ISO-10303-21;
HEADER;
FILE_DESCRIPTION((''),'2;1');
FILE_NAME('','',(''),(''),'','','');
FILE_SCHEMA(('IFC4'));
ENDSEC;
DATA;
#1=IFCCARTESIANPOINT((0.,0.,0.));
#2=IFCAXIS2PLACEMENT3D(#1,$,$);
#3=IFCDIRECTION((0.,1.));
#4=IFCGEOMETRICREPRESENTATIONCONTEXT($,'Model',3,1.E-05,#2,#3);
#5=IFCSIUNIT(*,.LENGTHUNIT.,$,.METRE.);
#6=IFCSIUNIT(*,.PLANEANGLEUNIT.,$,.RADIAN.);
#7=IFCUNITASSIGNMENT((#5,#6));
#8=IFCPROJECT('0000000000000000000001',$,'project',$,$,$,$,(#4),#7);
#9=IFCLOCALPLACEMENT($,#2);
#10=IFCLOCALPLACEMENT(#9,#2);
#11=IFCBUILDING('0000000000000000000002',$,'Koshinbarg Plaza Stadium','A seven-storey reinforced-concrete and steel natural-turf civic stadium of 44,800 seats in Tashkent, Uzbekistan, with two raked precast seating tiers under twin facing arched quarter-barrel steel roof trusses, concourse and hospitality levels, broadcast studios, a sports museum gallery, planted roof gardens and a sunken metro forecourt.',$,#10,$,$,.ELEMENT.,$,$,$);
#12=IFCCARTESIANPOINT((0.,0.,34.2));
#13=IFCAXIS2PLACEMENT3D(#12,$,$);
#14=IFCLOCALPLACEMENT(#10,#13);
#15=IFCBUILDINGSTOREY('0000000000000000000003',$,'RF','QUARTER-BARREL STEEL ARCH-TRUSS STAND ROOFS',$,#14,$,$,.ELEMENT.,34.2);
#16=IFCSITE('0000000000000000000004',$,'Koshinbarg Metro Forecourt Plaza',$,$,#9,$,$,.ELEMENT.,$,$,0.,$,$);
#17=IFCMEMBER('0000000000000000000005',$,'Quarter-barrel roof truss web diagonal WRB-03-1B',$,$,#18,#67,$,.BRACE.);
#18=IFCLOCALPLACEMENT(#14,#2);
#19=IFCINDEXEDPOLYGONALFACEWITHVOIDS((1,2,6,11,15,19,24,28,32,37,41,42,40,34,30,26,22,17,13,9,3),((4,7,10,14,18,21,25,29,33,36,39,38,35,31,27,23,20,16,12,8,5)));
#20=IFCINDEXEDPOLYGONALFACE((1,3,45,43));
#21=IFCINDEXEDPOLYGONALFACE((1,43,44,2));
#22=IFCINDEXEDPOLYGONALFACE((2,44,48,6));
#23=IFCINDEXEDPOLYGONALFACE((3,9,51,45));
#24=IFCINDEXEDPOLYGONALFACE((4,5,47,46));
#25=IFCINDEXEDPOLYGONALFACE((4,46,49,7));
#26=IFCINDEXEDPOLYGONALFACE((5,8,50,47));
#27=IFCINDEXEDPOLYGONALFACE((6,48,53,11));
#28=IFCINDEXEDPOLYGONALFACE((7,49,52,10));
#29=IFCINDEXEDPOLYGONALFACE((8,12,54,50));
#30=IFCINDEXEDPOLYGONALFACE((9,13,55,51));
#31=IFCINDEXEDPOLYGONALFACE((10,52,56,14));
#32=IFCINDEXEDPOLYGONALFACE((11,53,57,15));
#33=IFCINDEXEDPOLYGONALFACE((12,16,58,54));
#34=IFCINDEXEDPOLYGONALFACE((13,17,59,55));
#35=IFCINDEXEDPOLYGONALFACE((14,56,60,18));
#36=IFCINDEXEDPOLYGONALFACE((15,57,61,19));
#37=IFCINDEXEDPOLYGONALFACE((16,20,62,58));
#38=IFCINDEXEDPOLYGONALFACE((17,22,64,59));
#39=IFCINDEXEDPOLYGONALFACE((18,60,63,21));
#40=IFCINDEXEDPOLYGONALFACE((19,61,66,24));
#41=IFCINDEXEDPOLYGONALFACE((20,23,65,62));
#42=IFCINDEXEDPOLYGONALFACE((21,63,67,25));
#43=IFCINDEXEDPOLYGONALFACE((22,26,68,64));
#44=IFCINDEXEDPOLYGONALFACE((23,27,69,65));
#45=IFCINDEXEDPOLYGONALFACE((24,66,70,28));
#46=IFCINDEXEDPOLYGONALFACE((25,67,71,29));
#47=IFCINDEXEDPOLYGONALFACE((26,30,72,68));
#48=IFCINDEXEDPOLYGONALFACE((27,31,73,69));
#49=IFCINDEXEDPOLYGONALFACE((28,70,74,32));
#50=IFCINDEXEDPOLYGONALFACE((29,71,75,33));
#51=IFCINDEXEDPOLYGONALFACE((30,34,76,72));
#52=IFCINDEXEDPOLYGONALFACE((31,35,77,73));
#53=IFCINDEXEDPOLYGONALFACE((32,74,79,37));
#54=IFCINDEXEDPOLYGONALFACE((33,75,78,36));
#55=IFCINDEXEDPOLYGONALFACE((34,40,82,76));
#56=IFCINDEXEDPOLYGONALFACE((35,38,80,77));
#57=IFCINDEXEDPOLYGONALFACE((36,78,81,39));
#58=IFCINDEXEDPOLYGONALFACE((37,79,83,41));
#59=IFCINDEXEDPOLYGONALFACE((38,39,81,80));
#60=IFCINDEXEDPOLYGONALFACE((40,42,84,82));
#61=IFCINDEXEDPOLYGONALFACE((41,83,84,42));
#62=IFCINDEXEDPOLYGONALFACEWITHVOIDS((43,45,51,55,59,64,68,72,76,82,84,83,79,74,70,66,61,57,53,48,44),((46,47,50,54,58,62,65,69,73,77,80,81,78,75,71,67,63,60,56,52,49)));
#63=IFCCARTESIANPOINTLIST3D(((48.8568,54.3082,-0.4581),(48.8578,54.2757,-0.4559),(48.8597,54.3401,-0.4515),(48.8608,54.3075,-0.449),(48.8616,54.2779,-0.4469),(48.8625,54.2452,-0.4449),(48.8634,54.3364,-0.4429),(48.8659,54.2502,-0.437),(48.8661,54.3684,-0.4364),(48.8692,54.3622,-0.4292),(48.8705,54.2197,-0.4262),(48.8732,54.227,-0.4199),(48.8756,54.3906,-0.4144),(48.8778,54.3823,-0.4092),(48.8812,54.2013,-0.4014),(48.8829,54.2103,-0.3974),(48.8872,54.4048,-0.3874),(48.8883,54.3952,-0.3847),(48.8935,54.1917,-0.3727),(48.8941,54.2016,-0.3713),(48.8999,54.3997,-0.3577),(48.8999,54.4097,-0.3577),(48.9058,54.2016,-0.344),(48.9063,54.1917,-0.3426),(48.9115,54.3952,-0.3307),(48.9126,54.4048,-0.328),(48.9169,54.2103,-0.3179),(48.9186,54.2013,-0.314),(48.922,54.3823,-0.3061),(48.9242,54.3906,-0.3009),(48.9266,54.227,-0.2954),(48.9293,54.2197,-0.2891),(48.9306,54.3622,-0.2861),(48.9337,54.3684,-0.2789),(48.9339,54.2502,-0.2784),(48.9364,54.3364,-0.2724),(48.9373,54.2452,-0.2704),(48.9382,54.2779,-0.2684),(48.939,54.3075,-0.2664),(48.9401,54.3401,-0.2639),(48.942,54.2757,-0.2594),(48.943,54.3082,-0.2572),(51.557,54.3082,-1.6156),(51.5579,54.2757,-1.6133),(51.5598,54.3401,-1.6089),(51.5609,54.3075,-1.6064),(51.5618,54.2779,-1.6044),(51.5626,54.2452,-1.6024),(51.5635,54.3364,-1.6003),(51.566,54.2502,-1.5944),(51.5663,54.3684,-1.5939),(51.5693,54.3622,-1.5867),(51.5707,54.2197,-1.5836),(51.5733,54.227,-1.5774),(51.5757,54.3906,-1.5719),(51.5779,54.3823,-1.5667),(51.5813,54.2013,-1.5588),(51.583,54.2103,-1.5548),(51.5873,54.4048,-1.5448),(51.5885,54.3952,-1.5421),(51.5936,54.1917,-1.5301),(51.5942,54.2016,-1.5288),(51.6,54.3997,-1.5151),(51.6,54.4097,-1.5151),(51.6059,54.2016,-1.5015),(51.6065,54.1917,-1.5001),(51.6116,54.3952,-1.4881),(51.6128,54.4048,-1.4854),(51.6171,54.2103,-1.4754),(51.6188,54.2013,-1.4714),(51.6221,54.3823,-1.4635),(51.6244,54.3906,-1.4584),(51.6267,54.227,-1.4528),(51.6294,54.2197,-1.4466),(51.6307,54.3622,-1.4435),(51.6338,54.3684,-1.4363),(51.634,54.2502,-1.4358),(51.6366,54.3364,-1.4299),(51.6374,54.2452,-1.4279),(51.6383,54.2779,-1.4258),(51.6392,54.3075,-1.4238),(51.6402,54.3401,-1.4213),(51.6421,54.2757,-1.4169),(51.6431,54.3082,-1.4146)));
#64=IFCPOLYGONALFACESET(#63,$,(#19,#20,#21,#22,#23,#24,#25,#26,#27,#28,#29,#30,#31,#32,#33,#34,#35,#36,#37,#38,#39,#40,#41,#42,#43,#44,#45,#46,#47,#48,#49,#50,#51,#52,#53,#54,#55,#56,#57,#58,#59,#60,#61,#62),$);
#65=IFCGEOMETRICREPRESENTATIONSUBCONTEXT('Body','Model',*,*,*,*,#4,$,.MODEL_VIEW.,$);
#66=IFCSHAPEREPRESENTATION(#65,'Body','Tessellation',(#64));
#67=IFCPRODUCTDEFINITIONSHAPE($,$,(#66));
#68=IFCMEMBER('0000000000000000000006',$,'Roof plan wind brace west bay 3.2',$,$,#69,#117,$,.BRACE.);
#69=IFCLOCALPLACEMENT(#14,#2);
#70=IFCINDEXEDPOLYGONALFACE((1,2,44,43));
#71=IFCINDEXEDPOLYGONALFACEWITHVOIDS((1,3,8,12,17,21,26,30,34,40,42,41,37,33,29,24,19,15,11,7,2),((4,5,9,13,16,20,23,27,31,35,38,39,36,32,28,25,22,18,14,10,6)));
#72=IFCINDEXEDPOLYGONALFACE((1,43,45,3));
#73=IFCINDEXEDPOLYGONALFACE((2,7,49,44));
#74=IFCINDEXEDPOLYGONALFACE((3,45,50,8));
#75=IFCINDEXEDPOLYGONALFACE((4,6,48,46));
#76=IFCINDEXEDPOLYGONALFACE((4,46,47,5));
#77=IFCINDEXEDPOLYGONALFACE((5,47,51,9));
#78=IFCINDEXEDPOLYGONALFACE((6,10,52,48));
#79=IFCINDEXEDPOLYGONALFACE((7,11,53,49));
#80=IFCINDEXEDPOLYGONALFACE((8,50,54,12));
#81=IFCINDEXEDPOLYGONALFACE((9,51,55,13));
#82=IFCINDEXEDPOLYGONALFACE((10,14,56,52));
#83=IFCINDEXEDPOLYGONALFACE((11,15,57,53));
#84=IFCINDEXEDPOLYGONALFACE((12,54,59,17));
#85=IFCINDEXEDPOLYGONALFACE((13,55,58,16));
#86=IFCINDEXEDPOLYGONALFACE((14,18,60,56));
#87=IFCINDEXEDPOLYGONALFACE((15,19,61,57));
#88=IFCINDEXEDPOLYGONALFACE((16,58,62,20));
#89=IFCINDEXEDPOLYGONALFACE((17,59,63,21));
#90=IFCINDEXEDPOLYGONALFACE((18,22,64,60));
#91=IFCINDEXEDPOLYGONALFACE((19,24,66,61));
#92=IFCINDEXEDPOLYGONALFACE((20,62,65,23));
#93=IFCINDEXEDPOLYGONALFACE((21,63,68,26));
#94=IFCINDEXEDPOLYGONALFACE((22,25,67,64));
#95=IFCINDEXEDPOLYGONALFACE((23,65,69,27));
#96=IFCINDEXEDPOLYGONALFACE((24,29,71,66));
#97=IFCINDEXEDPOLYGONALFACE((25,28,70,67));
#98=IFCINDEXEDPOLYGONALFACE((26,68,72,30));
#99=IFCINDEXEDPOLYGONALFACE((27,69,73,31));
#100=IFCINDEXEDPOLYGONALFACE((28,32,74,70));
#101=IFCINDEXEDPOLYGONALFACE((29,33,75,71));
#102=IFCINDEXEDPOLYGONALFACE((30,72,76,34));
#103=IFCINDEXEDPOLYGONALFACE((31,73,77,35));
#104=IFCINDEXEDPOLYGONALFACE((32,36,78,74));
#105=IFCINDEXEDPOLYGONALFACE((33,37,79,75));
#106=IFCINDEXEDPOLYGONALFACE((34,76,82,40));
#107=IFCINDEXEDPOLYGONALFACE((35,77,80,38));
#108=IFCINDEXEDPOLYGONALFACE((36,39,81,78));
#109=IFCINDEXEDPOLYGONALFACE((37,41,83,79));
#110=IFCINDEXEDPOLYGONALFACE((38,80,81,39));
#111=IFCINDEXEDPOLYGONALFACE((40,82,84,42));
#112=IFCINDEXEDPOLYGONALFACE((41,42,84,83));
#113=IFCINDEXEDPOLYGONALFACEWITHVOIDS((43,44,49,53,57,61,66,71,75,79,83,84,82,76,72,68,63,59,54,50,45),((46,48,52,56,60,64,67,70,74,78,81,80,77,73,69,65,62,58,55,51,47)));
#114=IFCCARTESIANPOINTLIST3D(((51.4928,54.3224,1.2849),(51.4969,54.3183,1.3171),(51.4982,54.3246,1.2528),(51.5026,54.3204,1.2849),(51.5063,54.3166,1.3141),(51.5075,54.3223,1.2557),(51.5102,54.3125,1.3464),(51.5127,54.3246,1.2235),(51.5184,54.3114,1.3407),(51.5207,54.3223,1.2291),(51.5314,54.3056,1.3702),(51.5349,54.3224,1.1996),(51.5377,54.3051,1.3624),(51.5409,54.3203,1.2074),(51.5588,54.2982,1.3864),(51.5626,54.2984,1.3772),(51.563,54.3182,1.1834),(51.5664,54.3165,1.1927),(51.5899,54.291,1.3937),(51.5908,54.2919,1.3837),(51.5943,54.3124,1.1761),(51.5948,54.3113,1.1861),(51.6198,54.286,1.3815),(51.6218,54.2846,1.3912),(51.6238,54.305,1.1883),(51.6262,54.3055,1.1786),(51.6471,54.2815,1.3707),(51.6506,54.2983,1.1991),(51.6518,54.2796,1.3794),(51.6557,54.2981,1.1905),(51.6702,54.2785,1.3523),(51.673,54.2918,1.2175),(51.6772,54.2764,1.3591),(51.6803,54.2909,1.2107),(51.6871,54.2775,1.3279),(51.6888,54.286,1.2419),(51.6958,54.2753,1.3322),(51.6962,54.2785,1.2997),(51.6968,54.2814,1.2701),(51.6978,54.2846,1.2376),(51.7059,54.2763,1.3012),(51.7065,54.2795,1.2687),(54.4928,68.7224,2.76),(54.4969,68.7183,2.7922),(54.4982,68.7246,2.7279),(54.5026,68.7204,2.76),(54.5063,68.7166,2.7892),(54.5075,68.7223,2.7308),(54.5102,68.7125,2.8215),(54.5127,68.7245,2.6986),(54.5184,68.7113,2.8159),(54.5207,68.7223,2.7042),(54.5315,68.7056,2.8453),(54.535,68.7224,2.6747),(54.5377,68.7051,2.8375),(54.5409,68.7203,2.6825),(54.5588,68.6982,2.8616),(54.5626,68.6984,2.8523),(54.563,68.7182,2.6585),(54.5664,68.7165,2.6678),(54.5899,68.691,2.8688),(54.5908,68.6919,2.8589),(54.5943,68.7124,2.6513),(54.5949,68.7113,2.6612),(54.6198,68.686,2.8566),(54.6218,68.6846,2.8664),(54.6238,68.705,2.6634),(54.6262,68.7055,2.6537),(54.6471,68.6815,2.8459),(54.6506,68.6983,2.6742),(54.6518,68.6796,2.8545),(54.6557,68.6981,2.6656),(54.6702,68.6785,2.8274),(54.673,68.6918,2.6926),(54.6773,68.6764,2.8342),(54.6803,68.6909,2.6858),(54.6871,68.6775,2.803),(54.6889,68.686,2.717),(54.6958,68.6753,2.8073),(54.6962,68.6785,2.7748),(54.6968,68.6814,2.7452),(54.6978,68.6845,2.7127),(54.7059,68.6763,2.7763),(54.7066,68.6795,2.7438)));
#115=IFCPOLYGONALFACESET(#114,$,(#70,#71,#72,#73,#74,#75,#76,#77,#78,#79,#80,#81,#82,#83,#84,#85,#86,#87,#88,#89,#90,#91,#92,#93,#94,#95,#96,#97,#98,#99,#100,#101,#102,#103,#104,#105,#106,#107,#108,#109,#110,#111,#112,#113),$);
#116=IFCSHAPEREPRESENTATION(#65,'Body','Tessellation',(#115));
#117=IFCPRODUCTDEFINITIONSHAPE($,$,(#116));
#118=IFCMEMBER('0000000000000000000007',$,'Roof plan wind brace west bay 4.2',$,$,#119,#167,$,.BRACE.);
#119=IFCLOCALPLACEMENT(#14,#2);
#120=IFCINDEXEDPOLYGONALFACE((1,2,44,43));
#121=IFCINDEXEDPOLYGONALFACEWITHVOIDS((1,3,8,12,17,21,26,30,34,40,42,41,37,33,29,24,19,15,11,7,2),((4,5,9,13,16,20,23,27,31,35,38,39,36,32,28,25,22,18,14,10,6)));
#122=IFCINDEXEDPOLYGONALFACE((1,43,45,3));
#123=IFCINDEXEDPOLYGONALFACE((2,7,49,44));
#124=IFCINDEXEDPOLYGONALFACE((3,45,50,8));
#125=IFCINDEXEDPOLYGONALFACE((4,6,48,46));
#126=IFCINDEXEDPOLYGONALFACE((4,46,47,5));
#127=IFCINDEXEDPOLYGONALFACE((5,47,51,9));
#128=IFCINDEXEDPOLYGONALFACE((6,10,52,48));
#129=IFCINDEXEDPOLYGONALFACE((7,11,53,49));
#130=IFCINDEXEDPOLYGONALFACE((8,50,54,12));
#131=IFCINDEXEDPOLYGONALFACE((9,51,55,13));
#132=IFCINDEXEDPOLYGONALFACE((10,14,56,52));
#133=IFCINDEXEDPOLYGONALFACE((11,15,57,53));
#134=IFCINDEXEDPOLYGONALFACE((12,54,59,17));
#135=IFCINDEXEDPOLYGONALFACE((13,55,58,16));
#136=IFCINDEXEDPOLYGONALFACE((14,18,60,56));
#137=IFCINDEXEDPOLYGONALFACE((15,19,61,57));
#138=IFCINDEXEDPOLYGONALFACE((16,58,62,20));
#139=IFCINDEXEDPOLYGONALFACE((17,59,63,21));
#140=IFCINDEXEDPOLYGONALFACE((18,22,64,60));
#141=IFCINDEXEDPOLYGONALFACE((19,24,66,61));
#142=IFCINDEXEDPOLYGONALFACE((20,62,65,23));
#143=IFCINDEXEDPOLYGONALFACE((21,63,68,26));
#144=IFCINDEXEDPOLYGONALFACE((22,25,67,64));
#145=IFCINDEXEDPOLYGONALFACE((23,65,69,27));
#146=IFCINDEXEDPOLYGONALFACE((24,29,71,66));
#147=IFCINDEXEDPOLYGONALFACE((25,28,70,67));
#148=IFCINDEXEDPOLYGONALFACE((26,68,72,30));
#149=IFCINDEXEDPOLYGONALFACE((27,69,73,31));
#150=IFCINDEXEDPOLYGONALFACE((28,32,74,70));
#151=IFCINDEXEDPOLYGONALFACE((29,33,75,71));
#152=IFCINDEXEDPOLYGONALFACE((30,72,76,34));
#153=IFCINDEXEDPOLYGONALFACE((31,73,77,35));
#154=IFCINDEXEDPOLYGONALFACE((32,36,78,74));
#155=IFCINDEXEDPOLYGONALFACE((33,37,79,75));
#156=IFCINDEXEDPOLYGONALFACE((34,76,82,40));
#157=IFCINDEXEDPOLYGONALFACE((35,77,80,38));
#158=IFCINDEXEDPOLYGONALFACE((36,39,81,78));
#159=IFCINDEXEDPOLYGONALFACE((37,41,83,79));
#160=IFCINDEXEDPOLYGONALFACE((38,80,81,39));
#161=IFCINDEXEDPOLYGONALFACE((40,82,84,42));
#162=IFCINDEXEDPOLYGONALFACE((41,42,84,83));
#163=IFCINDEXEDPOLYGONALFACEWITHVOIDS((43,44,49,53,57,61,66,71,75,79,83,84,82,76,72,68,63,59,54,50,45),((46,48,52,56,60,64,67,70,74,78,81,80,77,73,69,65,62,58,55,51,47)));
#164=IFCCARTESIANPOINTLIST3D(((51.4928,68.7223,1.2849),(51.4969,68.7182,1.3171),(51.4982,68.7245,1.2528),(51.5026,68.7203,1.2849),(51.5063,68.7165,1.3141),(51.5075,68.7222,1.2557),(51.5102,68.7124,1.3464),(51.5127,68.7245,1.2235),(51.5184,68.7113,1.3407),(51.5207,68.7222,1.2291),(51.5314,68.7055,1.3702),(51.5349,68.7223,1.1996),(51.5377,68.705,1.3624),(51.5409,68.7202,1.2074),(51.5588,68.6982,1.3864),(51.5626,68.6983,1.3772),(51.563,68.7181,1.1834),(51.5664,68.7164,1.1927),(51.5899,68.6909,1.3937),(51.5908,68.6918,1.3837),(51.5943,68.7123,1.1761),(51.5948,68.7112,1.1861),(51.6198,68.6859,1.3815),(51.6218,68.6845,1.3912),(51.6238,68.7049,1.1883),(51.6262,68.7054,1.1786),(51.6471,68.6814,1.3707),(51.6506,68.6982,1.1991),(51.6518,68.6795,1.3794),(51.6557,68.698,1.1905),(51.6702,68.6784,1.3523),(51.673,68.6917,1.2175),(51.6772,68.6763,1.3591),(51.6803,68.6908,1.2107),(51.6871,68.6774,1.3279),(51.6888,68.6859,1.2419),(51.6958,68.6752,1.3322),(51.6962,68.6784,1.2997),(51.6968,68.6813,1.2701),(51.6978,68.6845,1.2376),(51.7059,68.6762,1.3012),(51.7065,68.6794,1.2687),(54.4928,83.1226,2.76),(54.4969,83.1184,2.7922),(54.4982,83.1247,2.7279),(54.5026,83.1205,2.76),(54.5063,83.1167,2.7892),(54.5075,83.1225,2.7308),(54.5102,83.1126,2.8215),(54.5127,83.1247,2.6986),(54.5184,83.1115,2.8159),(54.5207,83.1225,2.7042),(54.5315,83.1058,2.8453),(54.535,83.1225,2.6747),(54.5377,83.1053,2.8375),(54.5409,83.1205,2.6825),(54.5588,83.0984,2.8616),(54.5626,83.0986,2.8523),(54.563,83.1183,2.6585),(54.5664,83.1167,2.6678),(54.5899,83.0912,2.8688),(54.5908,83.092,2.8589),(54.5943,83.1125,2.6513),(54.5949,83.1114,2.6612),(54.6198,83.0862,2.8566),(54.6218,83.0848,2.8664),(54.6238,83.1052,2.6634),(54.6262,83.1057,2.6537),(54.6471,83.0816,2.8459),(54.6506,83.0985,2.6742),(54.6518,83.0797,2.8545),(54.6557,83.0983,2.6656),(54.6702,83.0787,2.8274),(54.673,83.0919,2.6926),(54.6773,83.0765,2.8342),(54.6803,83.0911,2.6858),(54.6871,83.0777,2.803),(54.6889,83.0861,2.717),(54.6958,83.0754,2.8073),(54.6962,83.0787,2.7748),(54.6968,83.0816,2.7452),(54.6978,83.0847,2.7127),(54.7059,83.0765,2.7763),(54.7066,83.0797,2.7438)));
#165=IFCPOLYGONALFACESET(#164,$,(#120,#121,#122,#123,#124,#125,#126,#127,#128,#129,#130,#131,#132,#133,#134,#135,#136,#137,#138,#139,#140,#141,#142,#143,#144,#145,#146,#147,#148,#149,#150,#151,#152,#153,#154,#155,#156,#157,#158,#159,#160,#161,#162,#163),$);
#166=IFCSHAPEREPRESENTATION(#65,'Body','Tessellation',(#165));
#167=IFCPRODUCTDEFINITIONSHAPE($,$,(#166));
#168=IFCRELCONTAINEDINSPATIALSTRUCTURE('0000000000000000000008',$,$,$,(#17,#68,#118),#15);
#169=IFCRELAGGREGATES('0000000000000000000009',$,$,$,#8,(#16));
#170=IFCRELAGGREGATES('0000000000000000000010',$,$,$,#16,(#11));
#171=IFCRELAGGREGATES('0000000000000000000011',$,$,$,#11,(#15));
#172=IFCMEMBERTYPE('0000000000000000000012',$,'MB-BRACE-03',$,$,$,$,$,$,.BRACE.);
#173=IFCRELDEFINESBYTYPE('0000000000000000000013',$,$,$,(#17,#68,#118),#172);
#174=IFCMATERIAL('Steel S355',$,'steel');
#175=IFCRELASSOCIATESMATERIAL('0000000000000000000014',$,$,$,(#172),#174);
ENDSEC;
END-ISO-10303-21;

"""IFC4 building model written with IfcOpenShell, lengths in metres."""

from ifc_helpers import new_model, si_unit, direction, frame, origin, origin_2d, place, context, subcontext, project, spatial, hollow_circle, extrude, material, material_profile, profile_set, type_object, element, save


model = new_model("IFC4")

# Units and contexts
model_context = context("Model", 3, precision=1e-05, world=origin(), true_north=direction((0.0, 1.0)))
body_context = subcontext(model_context, "Body", "Model", "MODEL_VIEW")
ifc_project = project(units=[si_unit("LENGTHUNIT", "METRE"), si_unit("PLANEANGLEUNIT", "RADIAN")], contexts=[model_context])

# Site, building, storey
site_placement = place(None, origin())
site = spatial("IfcSite", under=ifc_project, at=site_placement, Name="Koshinbarg Metro Forecourt Plaza", CompositionType="ELEMENT", RefElevation=0.0)
building_placement = place(site_placement, origin())
building = spatial("IfcBuilding", under=site, at=building_placement, Name="Koshinbarg Plaza Stadium", Description="A seven-storey reinforced-concrete and steel natural-turf civic stadium of 44,800 seats in Tashkent, Uzbekistan, with two raked precast seating tiers under twin facing arched quarter-barrel steel roof trusses, concourse and hospitality levels, broadcast studios, a sports museum gallery, planted roof gardens and a sunken metro forecourt.", CompositionType="ELEMENT")
storey_placement = place(building_placement, frame((0.0, 0.0, 34.2)))
storey = spatial("IfcBuildingStorey", under=building, at=storey_placement, Name="RF", Description="QUARTER-BARREL STEEL ARCH-TRUSS STAND ROOFS", CompositionType="ELEMENT", Elevation=34.2)

# Shared definitions
ifc_material_1 = material(Name="Steel S355", Category="steel")

# Members
ifc_material_profile_1 = material_profile(ifc_material_1, hollow_circle(Radius=0.1096, WallThickness=0.01, at=origin_2d()), Name="CHS 219.1x10")
ifc_profile_set_1 = profile_set([ifc_material_profile_1], Name="Steel S355")
member_type_1 = type_object("IfcMemberType", Name="MB-BRACE-03", PredefinedType="BRACE", material=ifc_profile_set_1)
member_1_placement = place(storey_placement, frame((48.8999, 54.3, -0.3577), z_axis=(0.919115, 0.0, -0.39399), x_axis=(0.0, 1.0, 0.0)))
element("IfcMember", 1, at=member_1_placement, inside=storey, type_object=member_type_1, Name="Quarter-barrel roof truss web diagonal WRB-03-1B", PredefinedType="BRACE", context=body_context, shape_type="SweptSolid", body=[
    extrude(hollow_circle(Radius=0.1096, WallThickness=0.01, at=origin_2d()), origin(), (0.0, 0.0, 1.0), 2.9377),
])
member_2_placement = place(storey_placement, frame((51.6001, 54.3, 1.2849), z_axis=(0.202938, 0.974094, 0.099784), x_axis=(-0.97898, 0.203956, 0.0)))
element("IfcMember", 2, at=member_2_placement, inside=storey, type_object=member_type_1, Name="Roof plan wind brace west bay 3.2", PredefinedType="BRACE", context=body_context, shape_type="SweptSolid", body=[
    extrude(hollow_circle(Radius=0.1096, WallThickness=0.01, at=origin_2d()), origin(), (0.0, 0.0, 1.0), 14.783),
])
member_3_placement = place(storey_placement, frame((51.6001, 68.7, 1.2849), z_axis=(0.202934, 0.974095, 0.099783), x_axis=(-0.978981, 0.203952, 0.0)))
element("IfcMember", 3, at=member_3_placement, inside=storey, type_object=member_type_1, Name="Roof plan wind brace west bay 4.2", PredefinedType="BRACE", context=body_context, shape_type="SweptSolid", body=[
    extrude(hollow_circle(Radius=0.1096, WallThickness=0.01, at=origin_2d()), origin(), (0.0, 0.0, 1.0), 14.7832),
])

save(model, "model.ifc")
